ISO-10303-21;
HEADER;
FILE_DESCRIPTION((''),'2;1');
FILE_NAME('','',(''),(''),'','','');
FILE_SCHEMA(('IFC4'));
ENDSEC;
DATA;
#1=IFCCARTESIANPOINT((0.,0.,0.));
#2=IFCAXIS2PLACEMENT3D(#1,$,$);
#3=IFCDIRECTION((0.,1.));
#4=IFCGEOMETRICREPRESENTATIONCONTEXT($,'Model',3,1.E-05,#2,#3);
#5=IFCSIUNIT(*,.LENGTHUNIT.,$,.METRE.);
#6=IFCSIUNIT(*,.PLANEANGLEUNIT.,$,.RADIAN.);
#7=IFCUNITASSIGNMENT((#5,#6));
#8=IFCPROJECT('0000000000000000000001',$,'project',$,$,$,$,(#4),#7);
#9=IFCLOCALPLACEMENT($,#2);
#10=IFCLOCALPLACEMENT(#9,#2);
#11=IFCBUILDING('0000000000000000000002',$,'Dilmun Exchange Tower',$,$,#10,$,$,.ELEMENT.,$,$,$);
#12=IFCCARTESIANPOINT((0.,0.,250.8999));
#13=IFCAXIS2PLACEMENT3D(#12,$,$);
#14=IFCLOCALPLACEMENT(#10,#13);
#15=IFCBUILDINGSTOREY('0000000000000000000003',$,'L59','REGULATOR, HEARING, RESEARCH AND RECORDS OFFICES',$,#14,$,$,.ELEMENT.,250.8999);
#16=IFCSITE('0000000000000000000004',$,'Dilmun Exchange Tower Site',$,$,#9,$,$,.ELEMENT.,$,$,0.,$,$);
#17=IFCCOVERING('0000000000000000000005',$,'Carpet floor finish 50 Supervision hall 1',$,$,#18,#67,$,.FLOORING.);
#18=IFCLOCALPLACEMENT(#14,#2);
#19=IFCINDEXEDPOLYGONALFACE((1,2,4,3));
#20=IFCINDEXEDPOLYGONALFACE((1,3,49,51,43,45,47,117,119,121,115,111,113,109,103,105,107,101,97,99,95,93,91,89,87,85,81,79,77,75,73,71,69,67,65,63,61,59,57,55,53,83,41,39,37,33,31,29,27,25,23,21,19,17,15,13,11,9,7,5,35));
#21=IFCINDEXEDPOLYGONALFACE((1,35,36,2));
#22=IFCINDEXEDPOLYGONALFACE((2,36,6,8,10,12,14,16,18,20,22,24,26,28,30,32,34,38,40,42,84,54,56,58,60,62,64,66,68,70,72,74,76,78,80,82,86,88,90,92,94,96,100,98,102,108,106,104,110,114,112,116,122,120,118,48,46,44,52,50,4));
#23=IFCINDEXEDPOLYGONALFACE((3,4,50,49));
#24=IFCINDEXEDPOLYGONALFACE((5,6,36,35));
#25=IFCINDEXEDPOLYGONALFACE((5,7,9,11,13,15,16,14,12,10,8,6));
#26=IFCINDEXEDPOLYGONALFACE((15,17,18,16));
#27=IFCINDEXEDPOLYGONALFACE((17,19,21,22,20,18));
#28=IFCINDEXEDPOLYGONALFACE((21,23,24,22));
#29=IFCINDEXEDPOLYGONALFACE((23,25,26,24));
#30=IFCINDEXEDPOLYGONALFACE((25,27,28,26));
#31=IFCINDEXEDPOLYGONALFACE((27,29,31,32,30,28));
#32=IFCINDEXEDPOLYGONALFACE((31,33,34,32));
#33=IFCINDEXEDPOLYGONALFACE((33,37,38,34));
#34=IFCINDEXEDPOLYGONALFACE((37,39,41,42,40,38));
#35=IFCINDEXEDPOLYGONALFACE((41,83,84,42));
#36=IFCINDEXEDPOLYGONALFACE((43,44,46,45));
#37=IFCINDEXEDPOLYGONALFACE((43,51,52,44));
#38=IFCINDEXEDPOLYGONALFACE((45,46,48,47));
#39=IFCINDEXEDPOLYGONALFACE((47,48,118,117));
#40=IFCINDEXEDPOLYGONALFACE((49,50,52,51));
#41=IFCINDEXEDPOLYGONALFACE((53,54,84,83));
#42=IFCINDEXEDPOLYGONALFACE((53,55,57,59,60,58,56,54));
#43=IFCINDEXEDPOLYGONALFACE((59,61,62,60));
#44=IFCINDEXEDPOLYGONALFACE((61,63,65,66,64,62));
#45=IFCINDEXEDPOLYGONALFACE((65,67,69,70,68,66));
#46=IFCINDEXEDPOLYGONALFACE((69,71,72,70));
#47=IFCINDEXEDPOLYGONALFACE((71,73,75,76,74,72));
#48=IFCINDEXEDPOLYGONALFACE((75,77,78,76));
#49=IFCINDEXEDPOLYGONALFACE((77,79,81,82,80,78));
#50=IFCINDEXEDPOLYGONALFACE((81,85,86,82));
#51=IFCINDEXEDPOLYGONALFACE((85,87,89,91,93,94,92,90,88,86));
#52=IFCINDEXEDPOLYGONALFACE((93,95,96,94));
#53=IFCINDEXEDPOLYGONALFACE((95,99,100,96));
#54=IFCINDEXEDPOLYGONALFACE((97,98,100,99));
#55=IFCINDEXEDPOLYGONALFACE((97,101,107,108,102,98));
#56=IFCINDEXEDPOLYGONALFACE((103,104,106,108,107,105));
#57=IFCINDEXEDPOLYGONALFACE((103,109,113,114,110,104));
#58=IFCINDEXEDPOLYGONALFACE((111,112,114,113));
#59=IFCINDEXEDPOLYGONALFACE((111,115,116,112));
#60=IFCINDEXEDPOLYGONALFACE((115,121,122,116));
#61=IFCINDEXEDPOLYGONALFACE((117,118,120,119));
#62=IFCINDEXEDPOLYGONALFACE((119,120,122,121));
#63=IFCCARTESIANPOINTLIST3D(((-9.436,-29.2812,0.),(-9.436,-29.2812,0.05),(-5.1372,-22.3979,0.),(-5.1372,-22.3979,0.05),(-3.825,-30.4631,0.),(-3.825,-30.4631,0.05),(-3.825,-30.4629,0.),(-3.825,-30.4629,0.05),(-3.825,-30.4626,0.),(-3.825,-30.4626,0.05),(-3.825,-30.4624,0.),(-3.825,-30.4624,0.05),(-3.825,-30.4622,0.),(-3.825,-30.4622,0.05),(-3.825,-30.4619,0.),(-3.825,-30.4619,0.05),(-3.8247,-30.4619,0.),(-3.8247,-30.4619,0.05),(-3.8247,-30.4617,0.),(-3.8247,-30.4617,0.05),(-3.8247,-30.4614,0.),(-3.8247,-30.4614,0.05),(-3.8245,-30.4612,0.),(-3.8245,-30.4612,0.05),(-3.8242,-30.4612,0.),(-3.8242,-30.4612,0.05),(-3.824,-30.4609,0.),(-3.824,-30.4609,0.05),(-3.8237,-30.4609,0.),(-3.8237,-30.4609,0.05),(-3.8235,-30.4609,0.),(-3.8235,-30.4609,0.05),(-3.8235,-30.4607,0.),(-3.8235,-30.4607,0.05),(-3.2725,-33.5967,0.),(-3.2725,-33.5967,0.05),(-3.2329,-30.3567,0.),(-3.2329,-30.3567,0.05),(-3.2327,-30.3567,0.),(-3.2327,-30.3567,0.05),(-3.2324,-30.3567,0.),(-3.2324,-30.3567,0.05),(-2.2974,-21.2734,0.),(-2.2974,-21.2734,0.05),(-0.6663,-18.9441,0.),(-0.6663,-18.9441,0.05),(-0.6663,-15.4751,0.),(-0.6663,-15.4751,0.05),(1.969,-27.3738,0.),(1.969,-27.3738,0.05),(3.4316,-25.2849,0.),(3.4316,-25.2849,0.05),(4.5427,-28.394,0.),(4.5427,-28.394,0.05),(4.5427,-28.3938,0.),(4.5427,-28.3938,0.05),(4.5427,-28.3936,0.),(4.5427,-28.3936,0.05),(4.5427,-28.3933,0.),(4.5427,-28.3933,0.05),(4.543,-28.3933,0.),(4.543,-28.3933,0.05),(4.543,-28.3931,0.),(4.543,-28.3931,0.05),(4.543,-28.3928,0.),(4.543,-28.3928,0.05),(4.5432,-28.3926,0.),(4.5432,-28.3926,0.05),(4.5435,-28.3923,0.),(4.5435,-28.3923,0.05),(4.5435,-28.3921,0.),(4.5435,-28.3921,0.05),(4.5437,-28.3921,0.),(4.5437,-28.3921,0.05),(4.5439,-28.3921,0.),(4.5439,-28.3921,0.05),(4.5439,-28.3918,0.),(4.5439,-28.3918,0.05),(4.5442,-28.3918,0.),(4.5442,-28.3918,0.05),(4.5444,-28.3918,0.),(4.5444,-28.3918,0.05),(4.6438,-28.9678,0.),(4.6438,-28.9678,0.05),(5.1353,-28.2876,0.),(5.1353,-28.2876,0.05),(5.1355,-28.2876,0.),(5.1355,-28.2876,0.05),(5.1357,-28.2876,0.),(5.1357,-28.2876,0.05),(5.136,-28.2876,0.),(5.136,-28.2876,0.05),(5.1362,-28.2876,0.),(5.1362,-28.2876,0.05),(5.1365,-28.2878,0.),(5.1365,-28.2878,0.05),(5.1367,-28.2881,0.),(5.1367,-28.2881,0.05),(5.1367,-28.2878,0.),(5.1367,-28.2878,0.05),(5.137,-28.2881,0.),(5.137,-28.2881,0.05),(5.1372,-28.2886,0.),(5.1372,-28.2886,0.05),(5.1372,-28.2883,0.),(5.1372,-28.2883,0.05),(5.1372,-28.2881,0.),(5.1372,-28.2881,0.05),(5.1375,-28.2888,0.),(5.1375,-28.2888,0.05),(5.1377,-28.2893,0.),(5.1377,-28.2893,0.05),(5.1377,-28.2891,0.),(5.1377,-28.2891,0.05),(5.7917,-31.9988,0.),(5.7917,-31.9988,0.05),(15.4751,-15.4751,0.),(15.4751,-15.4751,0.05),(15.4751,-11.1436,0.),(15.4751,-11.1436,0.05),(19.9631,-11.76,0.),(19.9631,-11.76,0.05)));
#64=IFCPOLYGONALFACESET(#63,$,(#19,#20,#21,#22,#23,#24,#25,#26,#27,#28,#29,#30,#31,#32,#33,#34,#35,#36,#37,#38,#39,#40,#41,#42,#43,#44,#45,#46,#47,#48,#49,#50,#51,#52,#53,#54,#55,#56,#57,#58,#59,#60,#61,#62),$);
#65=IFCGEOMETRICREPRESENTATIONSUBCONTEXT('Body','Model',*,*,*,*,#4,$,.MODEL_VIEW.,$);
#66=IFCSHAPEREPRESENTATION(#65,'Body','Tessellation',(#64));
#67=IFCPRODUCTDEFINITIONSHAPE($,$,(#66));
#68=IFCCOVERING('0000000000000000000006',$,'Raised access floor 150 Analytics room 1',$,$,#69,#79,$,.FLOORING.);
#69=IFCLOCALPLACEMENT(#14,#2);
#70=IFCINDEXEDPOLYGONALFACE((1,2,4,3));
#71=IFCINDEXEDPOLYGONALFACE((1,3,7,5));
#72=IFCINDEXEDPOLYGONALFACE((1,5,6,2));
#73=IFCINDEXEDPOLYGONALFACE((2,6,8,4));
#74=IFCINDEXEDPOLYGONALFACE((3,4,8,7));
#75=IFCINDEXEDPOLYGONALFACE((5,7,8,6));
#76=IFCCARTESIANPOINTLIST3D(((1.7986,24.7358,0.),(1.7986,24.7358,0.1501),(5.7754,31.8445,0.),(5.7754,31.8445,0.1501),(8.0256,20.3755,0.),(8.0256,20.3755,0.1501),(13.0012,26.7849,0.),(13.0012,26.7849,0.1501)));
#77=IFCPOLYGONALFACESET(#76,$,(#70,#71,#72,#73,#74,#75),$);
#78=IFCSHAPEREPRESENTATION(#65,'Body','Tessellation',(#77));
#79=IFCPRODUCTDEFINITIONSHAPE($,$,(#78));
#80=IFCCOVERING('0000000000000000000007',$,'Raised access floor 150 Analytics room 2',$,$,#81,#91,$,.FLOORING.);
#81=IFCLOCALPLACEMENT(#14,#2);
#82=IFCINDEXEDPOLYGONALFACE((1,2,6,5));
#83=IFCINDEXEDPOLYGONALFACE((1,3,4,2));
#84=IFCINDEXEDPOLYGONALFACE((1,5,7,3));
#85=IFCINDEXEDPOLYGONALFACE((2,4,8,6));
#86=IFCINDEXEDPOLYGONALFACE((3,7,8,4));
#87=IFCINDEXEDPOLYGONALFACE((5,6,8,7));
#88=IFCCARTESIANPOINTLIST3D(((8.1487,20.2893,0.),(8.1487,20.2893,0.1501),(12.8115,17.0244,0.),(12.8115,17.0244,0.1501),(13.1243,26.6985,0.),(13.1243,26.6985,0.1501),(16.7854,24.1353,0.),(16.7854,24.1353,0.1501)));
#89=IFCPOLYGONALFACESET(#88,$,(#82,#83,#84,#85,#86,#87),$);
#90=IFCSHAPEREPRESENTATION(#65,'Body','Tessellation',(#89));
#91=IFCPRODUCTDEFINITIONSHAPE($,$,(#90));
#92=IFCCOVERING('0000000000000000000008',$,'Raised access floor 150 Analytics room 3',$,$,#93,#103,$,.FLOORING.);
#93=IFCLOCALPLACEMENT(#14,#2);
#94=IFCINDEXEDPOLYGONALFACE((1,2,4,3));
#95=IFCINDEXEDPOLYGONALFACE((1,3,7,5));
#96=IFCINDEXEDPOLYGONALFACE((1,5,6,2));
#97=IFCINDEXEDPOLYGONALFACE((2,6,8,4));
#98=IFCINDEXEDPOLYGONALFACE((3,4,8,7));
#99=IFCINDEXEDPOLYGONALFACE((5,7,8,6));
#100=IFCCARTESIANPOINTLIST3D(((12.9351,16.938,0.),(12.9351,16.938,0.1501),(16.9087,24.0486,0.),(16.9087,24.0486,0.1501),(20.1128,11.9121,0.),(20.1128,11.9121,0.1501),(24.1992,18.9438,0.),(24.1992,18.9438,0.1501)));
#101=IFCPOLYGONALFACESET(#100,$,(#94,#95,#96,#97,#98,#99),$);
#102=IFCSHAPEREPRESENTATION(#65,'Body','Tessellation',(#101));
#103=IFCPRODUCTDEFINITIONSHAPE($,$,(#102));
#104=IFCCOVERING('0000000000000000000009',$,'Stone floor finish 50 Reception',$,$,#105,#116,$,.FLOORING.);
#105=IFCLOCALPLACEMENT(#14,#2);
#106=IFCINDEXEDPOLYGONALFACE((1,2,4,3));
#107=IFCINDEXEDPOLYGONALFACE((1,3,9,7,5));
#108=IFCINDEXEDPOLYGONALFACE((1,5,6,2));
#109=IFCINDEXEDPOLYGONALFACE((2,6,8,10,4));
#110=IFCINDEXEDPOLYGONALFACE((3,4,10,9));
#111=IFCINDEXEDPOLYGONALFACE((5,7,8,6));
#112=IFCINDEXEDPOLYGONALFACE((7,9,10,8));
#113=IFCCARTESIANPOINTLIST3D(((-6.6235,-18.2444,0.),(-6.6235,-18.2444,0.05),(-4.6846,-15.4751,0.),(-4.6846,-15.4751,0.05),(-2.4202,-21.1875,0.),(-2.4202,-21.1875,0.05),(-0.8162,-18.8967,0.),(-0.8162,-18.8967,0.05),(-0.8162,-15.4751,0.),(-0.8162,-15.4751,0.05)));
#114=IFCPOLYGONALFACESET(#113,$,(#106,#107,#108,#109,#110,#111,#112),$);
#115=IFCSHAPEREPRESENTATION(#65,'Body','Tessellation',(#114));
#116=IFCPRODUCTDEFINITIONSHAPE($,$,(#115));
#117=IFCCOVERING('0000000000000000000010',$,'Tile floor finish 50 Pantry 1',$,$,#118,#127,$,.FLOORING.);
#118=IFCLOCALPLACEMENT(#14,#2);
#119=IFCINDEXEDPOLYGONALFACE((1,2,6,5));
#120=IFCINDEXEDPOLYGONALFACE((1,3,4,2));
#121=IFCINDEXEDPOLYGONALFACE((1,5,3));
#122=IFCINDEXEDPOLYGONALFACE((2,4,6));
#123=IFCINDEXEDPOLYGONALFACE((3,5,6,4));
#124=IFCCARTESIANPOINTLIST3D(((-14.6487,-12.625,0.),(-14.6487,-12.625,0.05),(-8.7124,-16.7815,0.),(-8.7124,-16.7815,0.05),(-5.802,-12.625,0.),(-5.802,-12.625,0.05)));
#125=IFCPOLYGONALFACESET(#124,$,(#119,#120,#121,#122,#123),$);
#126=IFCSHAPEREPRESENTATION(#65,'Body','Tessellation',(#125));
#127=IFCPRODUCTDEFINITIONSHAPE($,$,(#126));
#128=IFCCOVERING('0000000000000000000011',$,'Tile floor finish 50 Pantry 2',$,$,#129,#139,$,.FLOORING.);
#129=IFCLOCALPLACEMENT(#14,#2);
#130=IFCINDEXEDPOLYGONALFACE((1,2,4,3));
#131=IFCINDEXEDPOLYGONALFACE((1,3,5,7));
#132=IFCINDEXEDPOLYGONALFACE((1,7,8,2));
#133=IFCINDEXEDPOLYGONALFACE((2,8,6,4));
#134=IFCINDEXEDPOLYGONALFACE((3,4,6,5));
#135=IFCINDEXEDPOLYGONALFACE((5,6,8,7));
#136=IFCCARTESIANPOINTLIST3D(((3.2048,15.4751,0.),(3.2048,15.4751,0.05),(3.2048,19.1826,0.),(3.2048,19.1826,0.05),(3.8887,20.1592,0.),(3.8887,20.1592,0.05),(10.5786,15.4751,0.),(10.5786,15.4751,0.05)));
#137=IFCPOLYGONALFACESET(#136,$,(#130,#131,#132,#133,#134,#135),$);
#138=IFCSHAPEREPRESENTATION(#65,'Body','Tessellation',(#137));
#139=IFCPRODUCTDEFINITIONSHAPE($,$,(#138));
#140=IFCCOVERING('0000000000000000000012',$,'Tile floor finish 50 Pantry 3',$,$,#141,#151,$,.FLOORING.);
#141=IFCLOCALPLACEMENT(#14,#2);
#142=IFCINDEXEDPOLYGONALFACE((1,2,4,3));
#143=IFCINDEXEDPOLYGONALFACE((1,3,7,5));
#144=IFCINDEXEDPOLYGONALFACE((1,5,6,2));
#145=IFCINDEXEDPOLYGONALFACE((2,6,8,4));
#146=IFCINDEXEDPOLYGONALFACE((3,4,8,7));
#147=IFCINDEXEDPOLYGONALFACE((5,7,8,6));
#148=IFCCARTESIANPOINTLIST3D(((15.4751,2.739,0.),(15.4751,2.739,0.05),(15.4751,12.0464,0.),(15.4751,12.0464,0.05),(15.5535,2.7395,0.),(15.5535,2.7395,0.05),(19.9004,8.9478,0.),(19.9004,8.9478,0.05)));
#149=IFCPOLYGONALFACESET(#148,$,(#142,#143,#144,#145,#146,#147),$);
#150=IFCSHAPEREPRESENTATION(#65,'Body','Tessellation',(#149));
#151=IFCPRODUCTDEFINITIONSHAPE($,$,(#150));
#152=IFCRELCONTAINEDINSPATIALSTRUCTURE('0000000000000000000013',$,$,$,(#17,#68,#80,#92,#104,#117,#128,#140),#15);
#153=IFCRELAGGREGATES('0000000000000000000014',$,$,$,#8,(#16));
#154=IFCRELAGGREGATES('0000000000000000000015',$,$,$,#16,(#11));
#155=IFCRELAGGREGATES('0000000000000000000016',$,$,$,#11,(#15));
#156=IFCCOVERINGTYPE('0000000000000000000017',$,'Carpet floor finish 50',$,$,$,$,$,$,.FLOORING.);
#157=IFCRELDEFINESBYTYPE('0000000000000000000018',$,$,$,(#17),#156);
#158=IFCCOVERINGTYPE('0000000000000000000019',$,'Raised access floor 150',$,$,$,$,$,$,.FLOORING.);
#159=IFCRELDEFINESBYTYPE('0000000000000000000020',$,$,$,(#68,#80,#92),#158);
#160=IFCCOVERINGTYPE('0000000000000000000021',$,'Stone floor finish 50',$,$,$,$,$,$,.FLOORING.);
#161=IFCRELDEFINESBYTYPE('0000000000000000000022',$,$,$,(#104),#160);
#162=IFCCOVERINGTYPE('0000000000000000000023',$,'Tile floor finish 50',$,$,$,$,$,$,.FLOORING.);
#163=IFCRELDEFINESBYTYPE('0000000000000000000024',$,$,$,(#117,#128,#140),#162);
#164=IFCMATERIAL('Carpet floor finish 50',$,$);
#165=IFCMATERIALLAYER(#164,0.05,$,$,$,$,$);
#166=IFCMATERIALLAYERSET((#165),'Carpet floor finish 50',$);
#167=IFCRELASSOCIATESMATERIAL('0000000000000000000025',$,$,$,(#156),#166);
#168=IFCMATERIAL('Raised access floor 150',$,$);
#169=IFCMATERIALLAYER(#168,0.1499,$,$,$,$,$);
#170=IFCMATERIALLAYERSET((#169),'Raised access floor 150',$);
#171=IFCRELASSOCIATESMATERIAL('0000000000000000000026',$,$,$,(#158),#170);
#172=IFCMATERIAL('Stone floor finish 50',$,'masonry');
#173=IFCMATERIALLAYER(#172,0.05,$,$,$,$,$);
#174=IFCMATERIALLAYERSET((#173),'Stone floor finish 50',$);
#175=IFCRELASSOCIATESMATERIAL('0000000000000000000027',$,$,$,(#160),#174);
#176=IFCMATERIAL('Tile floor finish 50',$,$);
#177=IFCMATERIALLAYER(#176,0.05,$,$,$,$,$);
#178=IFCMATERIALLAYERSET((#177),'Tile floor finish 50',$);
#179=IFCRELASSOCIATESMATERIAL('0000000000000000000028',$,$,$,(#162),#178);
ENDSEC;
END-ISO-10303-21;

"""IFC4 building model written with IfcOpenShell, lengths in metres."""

from ifc_helpers import new_model, si_unit, direction, frame, origin, place, context, subcontext, project, spatial, polyline, outline, extrude, material, layer, layer_set, type_object, element, save


model = new_model("IFC4")

# Units and contexts
model_context = context("Model", 3, precision=1e-05, world=origin(), true_north=direction((0.0, 1.0)))
body_context = subcontext(model_context, "Body", "Model", "MODEL_VIEW")
ifc_project = project(units=[si_unit("LENGTHUNIT", "METRE"), si_unit("PLANEANGLEUNIT", "RADIAN")], contexts=[model_context])

# Site, building, storey
site_placement = place(None, origin())
site = spatial("IfcSite", under=ifc_project, at=site_placement, Name="Dilmun Exchange Tower Site", CompositionType="ELEMENT", RefElevation=0.0)
building_placement = place(site_placement, origin())
building = spatial("IfcBuilding", under=site, at=building_placement, Name="Dilmun Exchange Tower", CompositionType="ELEMENT")
storey_placement = place(building_placement, frame((0.0, 0.0, 250.8999)))
storey = spatial("IfcBuildingStorey", under=building, at=storey_placement, Name="L59", Description="REGULATOR, HEARING, RESEARCH AND RECORDS OFFICES", CompositionType="ELEMENT", Elevation=250.8999)

# Coverings
ifc_material_1 = material(Name="Carpet floor finish 50")
ifc_layer_1 = layer(ifc_material_1, 0.05)
ifc_layer_set_1 = layer_set([ifc_layer_1], Name="Carpet floor finish 50")
covering_type_1 = type_object("IfcCoveringType", Name="Carpet floor finish 50", PredefinedType="FLOORING", material=ifc_layer_set_1)
covering_1_placement = place(storey_placement, origin())
element("IfcCovering", 1, at=covering_1_placement, inside=storey, type_object=covering_type_1, Name="Carpet floor finish 50 Supervision hall 1", PredefinedType="FLOORING", context=body_context, shape_type="SweptSolid", body=[
    extrude(outline(polyline([(-5.1372, -22.3979), (1.969, -27.3738), (3.4316, -25.2849), (-2.2974, -21.2734), (-0.6663, -18.9441), (-0.6663, -15.4751), (15.4751, -15.4751), (15.4751, -11.1436), (19.9631, -11.76), (5.7917, -31.9988), (5.1377, -28.2893), (5.1377, -28.2891), (5.1375, -28.2888), (5.1375, -28.2888), (5.1372, -28.2886), (5.1372, -28.2883), (5.1372, -28.2881), (5.137, -28.2881), (5.1367, -28.2881), (5.1367, -28.2878), (5.1365, -28.2878), (5.1362, -28.2876), (5.136, -28.2876), (5.136, -28.2876), (5.1357, -28.2876), (5.1355, -28.2876), (5.1353, -28.2876), (4.5444, -28.3918), (4.5442, -28.3918), (4.5439, -28.3918), (4.5439, -28.3921), (4.5437, -28.3921), (4.5435, -28.3921), (4.5435, -28.3923), (4.5432, -28.3926), (4.5432, -28.3926), (4.543, -28.3928), (4.543, -28.3931), (4.543, -28.3933), (4.5427, -28.3933), (4.5427, -28.3936), (4.5427, -28.3938), (4.5427, -28.394), (4.5427, -28.394), (4.6438, -28.9678), (-3.2324, -30.3567), (-3.2327, -30.3567), (-3.2329, -30.3567), (-3.2329, -30.3567), (-3.8235, -30.4607), (-3.8235, -30.4609), (-3.8237, -30.4609), (-3.824, -30.4609), (-3.8242, -30.4612), (-3.8242, -30.4612), (-3.8245, -30.4612), (-3.8247, -30.4614), (-3.8247, -30.4617), (-3.8247, -30.4619), (-3.825, -30.4619), (-3.825, -30.4622), (-3.825, -30.4624), (-3.825, -30.4626), (-3.825, -30.4626), (-3.825, -30.4629), (-3.825, -30.4631), (-3.2725, -33.5967), (-9.436, -29.2812), (-5.1372, -22.3979)])), origin(), (0.0, 0.0, 1.0), 0.05),
])
ifc_material_2 = material(Name="Raised access floor 150")
ifc_layer_2 = layer(ifc_material_2, 0.1499)
ifc_layer_set_2 = layer_set([ifc_layer_2], Name="Raised access floor 150")
covering_type_2 = type_object("IfcCoveringType", Name="Raised access floor 150", PredefinedType="FLOORING", material=ifc_layer_set_2)
covering_2_placement = place(storey_placement, origin())
element("IfcCovering", 2, at=covering_2_placement, inside=storey, type_object=covering_type_2, Name="Raised access floor 150 Analytics room 1", PredefinedType="FLOORING", context=body_context, shape_type="SweptSolid", body=[
    extrude(outline(polyline([(1.7986, 24.7358), (5.7754, 31.8445), (13.0012, 26.7849), (8.0256, 20.3755), (1.7986, 24.7358)])), origin(), (0.0, 0.0, 1.0), 0.1501),
])
covering_3_placement = place(storey_placement, origin())
element("IfcCovering", 3, at=covering_3_placement, inside=storey, type_object=covering_type_2, Name="Raised access floor 150 Analytics room 2", PredefinedType="FLOORING", context=body_context, shape_type="SweptSolid", body=[
    extrude(outline(polyline([(12.8115, 17.0244), (8.1487, 20.2893), (13.1243, 26.6985), (16.7854, 24.1353), (12.8115, 17.0244)])), origin(), (0.0, 0.0, 1.0), 0.1501),
])
covering_4_placement = place(storey_placement, origin())
element("IfcCovering", 4, at=covering_4_placement, inside=storey, type_object=covering_type_2, Name="Raised access floor 150 Analytics room 3", PredefinedType="FLOORING", context=body_context, shape_type="SweptSolid", body=[
    extrude(outline(polyline([(20.1128, 11.9121), (12.9351, 16.938), (16.9087, 24.0486), (24.1992, 18.9438), (20.1128, 11.9121)])), origin(), (0.0, 0.0, 1.0), 0.1501),
])
ifc_material_3 = material(Name="Stone floor finish 50", Category="masonry")
ifc_layer_3 = layer(ifc_material_3, 0.05)
ifc_layer_set_3 = layer_set([ifc_layer_3], Name="Stone floor finish 50")
covering_type_3 = type_object("IfcCoveringType", Name="Stone floor finish 50", PredefinedType="FLOORING", material=ifc_layer_set_3)
covering_5_placement = place(storey_placement, origin())
element("IfcCovering", 5, at=covering_5_placement, inside=storey, type_object=covering_type_3, Name="Stone floor finish 50 Reception", PredefinedType="FLOORING", context=body_context, shape_type="SweptSolid", body=[
    extrude(outline(polyline([(-0.8162, -18.8967), (-2.4202, -21.1875), (-6.6235, -18.2444), (-4.6846, -15.4751), (-0.8162, -15.4751), (-0.8162, -18.8967)])), origin(), (0.0, 0.0, 1.0), 0.05),
])
ifc_material_4 = material(Name="Tile floor finish 50")
ifc_layer_4 = layer(ifc_material_4, 0.05)
ifc_layer_set_4 = layer_set([ifc_layer_4], Name="Tile floor finish 50")
covering_type_4 = type_object("IfcCoveringType", Name="Tile floor finish 50", PredefinedType="FLOORING", material=ifc_layer_set_4)
covering_6_placement = place(storey_placement, origin())
element("IfcCovering", 6, at=covering_6_placement, inside=storey, type_object=covering_type_4, Name="Tile floor finish 50 Pantry 1", PredefinedType="FLOORING", context=body_context, shape_type="SweptSolid", body=[
    extrude(outline(polyline([(-5.802, -12.625), (-8.7124, -16.7815), (-14.6487, -12.625), (-5.802, -12.625)])), origin(), (0.0, 0.0, 1.0), 0.05),
])
covering_7_placement = place(storey_placement, origin())
element("IfcCovering", 7, at=covering_7_placement, inside=storey, type_object=covering_type_4, Name="Tile floor finish 50 Pantry 2", PredefinedType="FLOORING", context=body_context, shape_type="SweptSolid", body=[
    extrude(outline(polyline([(3.2048, 15.4751), (3.2048, 19.1826), (3.8887, 20.1592), (10.5786, 15.4751), (3.2048, 15.4751)])), origin(), (0.0, 0.0, 1.0), 0.05),
])
covering_8_placement = place(storey_placement, origin())
element("IfcCovering", 8, at=covering_8_placement, inside=storey, type_object=covering_type_4, Name="Tile floor finish 50 Pantry 3", PredefinedType="FLOORING", context=body_context, shape_type="SweptSolid", body=[
    extrude(outline(polyline([(19.9004, 8.9478), (15.5535, 2.7395), (15.4751, 2.739), (15.4751, 12.0464), (19.9004, 8.9478)])), origin(), (0.0, 0.0, 1.0), 0.05),
])

save(model, "model.ifc")
